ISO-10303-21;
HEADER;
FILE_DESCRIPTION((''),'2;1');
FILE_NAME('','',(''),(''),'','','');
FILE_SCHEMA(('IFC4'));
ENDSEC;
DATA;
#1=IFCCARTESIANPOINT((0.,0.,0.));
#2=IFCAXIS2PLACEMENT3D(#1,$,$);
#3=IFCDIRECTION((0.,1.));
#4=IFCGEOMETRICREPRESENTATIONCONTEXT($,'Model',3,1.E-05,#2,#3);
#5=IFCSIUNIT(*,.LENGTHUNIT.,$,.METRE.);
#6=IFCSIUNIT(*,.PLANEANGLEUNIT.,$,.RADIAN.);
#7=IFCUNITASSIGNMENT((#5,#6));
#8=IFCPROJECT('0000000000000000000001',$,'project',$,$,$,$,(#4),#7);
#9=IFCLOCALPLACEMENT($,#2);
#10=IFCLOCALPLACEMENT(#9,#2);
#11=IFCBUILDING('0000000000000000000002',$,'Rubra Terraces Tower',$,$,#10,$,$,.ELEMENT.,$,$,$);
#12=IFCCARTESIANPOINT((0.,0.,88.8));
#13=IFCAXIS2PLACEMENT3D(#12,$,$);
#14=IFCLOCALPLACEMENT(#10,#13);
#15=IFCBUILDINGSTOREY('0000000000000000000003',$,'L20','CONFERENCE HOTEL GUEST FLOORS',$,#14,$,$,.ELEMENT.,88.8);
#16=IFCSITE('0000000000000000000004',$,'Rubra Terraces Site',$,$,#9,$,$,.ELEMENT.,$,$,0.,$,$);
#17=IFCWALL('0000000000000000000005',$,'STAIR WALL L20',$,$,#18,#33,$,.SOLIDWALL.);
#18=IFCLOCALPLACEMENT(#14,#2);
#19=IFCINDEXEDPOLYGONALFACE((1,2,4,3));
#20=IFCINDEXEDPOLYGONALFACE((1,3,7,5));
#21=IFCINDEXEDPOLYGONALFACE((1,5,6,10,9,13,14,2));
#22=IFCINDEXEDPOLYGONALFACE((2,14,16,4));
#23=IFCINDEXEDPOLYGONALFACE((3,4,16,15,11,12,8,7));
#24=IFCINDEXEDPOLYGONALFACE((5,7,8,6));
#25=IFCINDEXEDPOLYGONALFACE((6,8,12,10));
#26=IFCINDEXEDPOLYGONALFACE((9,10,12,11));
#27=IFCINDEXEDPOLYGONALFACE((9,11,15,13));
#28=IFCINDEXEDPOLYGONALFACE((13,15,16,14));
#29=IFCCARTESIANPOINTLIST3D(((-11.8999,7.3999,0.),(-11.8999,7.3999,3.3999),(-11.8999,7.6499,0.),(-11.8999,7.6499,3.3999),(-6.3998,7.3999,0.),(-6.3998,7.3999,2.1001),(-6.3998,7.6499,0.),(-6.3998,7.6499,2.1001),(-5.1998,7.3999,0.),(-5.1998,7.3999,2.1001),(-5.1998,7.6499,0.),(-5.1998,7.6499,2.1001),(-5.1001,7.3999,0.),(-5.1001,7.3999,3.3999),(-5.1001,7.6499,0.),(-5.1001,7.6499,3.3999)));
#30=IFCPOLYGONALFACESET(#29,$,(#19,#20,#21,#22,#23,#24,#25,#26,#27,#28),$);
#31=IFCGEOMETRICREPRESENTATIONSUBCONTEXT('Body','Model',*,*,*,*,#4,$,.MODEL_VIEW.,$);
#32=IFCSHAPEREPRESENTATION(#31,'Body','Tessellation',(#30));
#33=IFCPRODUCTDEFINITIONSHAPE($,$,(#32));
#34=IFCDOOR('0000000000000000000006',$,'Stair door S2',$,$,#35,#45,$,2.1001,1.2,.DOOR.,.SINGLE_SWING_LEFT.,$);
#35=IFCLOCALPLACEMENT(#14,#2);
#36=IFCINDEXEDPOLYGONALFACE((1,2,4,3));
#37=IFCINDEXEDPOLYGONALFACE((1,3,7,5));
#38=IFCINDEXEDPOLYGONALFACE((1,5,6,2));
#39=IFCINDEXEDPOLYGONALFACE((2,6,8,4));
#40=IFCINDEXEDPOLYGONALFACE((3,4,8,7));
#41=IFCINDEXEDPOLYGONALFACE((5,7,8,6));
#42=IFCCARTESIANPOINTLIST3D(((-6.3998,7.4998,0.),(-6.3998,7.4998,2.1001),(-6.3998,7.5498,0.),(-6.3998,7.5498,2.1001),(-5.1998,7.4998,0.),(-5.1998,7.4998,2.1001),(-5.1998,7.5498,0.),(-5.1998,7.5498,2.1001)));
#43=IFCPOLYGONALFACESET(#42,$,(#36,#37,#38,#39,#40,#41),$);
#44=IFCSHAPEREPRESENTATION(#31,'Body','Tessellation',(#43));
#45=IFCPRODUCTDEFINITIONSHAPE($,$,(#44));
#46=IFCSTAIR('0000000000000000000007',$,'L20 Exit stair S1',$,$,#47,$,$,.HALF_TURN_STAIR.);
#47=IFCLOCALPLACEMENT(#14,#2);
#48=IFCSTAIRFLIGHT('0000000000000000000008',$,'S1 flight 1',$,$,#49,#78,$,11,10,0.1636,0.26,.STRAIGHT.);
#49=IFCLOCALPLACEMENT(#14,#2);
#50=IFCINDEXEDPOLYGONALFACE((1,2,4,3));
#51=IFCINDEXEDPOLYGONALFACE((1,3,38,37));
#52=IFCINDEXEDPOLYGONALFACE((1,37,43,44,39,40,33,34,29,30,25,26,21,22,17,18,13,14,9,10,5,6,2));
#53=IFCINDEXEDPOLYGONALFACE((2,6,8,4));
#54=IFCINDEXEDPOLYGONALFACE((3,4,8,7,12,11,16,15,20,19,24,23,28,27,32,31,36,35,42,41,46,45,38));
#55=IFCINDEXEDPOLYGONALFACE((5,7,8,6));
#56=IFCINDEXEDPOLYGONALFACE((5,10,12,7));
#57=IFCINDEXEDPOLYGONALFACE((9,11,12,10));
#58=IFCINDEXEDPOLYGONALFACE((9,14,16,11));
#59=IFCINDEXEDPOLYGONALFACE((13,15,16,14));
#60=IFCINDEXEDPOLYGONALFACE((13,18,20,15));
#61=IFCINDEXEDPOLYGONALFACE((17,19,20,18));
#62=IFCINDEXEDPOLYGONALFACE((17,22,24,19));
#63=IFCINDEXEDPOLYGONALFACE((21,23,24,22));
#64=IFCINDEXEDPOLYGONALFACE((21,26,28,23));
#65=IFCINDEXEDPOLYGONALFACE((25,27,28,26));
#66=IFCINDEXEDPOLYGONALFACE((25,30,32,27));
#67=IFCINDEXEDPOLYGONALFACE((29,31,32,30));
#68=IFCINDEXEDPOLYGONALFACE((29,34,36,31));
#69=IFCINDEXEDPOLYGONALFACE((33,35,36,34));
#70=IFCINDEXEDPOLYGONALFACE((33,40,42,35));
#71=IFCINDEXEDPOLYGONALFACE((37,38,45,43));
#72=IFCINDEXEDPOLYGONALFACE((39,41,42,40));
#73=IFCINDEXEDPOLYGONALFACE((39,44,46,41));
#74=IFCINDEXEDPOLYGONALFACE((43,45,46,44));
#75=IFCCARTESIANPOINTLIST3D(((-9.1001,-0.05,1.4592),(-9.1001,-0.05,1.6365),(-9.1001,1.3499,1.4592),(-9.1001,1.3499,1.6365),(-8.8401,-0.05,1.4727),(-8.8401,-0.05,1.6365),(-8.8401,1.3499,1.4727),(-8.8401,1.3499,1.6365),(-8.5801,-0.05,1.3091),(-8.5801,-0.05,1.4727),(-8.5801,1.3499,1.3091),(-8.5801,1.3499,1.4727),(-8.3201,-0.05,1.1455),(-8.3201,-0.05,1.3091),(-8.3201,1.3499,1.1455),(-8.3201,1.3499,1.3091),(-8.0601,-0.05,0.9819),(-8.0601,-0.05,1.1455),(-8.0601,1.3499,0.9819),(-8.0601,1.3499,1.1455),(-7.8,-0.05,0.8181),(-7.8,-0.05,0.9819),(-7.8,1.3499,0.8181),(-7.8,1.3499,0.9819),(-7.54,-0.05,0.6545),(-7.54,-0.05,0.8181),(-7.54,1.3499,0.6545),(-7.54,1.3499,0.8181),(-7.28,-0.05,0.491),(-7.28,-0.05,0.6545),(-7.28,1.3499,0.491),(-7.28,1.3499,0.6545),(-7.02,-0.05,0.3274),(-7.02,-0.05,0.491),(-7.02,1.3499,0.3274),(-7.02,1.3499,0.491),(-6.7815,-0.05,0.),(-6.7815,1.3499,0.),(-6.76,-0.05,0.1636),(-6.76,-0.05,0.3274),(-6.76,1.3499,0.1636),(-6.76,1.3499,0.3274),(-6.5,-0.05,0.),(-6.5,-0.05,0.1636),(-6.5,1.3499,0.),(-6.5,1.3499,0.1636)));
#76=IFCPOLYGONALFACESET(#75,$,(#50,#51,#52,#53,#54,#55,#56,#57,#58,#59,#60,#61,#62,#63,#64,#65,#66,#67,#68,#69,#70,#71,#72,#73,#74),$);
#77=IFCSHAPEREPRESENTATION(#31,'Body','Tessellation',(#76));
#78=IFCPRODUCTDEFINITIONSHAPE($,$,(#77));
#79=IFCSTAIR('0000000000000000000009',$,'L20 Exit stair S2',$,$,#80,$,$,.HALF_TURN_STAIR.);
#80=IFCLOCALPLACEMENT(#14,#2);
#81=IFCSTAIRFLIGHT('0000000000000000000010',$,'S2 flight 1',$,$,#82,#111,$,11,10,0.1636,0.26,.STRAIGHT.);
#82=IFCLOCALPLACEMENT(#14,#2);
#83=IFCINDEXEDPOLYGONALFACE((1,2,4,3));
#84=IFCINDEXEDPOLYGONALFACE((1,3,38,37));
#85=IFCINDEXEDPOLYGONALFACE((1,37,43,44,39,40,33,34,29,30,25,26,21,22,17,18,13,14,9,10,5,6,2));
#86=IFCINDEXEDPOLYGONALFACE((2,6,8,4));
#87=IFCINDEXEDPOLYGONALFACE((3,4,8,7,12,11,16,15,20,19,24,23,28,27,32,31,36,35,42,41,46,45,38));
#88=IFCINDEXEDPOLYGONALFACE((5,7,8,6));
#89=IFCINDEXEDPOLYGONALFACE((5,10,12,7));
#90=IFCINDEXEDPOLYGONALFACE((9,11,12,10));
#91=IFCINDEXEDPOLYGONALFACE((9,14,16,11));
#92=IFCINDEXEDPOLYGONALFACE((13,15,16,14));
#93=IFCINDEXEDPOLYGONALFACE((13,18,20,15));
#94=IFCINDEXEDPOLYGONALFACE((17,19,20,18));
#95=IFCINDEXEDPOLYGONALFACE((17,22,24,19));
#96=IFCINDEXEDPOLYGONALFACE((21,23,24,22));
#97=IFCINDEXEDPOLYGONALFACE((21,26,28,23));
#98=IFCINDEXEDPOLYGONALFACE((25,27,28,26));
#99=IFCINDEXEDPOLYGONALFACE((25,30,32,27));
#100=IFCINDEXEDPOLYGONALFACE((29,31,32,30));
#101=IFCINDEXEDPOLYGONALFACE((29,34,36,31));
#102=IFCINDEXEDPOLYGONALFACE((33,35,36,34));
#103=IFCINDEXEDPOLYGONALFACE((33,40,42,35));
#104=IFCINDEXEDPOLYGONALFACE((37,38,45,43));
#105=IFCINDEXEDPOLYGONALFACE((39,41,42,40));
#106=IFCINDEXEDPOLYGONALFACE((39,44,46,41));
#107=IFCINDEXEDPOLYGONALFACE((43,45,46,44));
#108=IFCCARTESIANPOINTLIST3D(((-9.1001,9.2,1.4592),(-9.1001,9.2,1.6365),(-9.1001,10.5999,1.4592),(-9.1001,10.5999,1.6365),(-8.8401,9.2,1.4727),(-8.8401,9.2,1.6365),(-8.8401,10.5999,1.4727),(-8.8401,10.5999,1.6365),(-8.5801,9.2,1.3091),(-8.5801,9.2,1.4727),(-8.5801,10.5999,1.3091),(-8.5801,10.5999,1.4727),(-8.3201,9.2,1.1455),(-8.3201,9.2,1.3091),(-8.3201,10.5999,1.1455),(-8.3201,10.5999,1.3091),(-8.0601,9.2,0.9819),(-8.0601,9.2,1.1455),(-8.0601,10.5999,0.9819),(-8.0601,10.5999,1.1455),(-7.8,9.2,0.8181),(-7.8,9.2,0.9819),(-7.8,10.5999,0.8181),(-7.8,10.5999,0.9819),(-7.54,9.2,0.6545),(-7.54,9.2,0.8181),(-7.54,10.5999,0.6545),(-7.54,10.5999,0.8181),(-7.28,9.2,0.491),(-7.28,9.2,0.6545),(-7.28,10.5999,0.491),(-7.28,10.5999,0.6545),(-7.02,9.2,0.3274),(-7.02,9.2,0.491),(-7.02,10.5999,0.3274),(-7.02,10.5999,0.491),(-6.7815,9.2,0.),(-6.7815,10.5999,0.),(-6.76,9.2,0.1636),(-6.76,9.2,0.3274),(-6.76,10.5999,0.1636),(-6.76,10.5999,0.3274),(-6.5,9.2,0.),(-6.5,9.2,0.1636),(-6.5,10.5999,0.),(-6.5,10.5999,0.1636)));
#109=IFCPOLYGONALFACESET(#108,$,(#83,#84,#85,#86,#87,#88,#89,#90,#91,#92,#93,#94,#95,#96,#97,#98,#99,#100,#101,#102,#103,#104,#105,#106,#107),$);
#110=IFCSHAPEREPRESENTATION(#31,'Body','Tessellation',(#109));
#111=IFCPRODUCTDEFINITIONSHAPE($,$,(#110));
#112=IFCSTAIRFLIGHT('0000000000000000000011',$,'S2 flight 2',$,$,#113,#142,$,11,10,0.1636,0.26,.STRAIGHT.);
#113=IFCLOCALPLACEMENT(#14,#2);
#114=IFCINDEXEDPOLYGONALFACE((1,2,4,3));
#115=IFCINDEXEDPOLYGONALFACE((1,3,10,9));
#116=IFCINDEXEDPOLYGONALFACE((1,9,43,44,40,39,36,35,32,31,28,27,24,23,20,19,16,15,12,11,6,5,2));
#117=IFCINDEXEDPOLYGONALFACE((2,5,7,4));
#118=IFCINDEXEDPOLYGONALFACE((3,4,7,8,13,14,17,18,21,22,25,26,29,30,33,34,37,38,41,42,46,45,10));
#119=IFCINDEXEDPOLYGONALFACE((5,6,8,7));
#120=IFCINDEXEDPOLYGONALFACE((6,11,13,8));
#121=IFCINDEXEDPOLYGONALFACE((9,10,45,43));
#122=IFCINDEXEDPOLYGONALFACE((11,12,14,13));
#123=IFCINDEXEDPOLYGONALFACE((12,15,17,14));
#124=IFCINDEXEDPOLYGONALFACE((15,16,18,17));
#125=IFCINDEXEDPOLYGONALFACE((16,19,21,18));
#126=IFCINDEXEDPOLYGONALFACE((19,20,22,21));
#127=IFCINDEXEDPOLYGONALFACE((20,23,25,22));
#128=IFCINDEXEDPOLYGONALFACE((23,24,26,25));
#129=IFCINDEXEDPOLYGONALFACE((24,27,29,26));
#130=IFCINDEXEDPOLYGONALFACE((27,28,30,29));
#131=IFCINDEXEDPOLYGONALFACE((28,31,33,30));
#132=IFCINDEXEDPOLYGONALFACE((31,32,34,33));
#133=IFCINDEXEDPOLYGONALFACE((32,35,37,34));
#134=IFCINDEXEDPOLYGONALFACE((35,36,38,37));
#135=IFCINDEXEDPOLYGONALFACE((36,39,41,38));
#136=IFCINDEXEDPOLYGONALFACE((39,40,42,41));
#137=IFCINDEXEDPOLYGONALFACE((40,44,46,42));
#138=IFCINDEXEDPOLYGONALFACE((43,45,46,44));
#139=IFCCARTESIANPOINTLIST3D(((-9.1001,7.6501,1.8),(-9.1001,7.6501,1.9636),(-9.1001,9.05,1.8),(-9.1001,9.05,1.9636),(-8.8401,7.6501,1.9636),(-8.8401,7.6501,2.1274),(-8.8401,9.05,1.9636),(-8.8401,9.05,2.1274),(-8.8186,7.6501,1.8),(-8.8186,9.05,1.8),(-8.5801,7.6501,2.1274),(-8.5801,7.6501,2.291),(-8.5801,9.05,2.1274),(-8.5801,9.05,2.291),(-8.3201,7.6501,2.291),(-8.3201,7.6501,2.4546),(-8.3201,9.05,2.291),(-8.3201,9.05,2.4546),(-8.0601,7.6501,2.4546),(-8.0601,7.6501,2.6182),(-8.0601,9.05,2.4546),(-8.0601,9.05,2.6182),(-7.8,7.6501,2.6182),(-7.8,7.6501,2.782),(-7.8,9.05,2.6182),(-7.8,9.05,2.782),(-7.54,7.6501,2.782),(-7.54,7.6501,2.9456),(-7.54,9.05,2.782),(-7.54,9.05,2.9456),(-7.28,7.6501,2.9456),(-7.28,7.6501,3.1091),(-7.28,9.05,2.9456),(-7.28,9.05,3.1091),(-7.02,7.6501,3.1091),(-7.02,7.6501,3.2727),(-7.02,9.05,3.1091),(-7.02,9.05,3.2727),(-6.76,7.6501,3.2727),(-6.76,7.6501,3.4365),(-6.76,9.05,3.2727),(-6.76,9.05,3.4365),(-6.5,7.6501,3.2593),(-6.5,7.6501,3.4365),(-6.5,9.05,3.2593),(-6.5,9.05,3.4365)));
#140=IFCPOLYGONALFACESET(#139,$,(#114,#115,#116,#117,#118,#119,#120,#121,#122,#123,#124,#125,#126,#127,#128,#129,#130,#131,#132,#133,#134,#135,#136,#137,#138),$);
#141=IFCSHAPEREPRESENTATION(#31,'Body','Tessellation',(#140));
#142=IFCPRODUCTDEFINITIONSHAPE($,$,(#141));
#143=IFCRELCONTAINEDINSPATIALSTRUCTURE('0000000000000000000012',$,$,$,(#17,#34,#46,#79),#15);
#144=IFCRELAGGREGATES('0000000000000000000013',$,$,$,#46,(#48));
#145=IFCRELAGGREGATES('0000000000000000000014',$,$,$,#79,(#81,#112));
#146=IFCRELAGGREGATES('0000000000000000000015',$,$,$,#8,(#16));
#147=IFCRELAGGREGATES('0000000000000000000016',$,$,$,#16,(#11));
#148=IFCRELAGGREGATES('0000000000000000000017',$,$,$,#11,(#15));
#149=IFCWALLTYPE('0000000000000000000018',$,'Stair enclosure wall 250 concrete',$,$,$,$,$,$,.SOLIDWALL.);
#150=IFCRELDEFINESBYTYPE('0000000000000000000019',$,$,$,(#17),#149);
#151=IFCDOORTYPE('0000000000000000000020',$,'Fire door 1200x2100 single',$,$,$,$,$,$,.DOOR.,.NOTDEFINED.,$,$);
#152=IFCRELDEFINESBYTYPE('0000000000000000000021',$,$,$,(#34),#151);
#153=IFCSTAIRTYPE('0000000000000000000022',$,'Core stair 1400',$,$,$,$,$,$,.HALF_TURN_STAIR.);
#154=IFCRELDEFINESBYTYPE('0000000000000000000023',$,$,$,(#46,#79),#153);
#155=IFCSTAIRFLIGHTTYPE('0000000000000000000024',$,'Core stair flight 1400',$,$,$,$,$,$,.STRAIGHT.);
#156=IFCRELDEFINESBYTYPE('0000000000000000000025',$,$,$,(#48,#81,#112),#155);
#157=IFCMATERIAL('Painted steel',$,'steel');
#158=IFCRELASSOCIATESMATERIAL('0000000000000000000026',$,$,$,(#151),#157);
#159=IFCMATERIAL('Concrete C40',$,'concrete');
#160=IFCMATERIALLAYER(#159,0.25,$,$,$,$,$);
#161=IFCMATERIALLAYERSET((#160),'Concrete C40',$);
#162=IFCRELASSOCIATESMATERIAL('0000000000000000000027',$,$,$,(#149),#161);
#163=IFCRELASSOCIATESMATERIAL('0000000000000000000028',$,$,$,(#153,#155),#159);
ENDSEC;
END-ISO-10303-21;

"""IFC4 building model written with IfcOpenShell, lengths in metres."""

from ifc_helpers import new_model, si_unit, direction, frame, frame_2d, origin, place, context, subcontext, project, spatial, polyline, rectangle, outline, extrude, material, layer, layer_set, type_object, element, fill, aggregate, save


model = new_model("IFC4")

# Units and contexts
model_context = context("Model", 3, precision=1e-05, world=origin(), true_north=direction((0.0, 1.0)))
body_context = subcontext(model_context, "Body", "Model", "MODEL_VIEW")
ifc_project = project(units=[si_unit("LENGTHUNIT", "METRE"), si_unit("PLANEANGLEUNIT", "RADIAN")], contexts=[model_context])

# Site, building, storey
site_placement = place(None, origin())
site = spatial("IfcSite", under=ifc_project, at=site_placement, Name="Rubra Terraces Site", CompositionType="ELEMENT", RefElevation=0.0)
building_placement = place(site_placement, origin())
building = spatial("IfcBuilding", under=site, at=building_placement, Name="Rubra Terraces Tower", CompositionType="ELEMENT")
storey_placement = place(building_placement, frame((0.0, 0.0, 88.8)))
storey = spatial("IfcBuildingStorey", under=building, at=storey_placement, Name="L20", Description="CONFERENCE HOTEL GUEST FLOORS", CompositionType="ELEMENT", Elevation=88.8)

# Shared definitions
ifc_material_1 = material(Name="Concrete C40", Category="concrete")

# Shared definitions
ifc_material_2 = material(Name="Painted steel", Category="steel")
door_type_1 = type_object("IfcDoorType", Name="Fire door 1200x2100 single", OperationType="NOTDEFINED", PredefinedType="DOOR", material=ifc_material_2)

# Wall, opening, door
ifc_layer_1 = layer(ifc_material_1, 0.25)
ifc_layer_set_1 = layer_set([ifc_layer_1], Name="Concrete C40")
wall_type_1 = type_object("IfcWallType", Name="Stair enclosure wall 250 concrete", PredefinedType="SOLIDWALL", material=ifc_layer_set_1)
wall_1_placement = place(storey_placement, frame((-11.8999, 7.5249, 0.0), z_axis=(0.0, 0.0, 1.0), x_axis=(1.0, 0.0, 0.0)))
wall_1 = element("IfcWall", 1, at=wall_1_placement, inside=storey, type_object=wall_type_1, Name="STAIR WALL L20", PredefinedType="SOLIDWALL", context=body_context, shape_type="SweptSolid", body=[
    extrude(rectangle(XDim=6.7998, YDim=0.25, at=frame_2d((3.3999, 0.0))), origin(), (0.0, 0.0, 1.0), 3.3999),
])
opening_1_placement = place(wall_1_placement, frame((5.5, 0.0, 0.0)))
opening_1 = element("IfcOpeningElement", 2, at=opening_1_placement, cuts=wall_1, PredefinedType="OPENING", context=body_context, shape_type="SweptSolid", body=[
    extrude(rectangle(XDim=1.2, YDim=2.1001, at=frame_2d((0.6001, 1.05))), frame((0.0, 0.135, 0.0), z_axis=(0.0, -1.0, 0.0), x_axis=(1.0, 0.0, 0.0)), (0.0, 0.0, 1.0), 0.27),
])
door_1_placement = place(opening_1_placement, origin())
door_1 = element("IfcDoor", 3, at=door_1_placement, inside=storey, type_object=door_type_1, Name="Stair door S2", OperationType="SINGLE_SWING_LEFT", OverallHeight=2.1001, OverallWidth=1.2, PredefinedType="DOOR", context=body_context, shape_type="SweptSolid", body=[
    extrude(rectangle(XDim=1.2, YDim=2.1001, at=frame_2d((0.6001, 1.05))), frame((0.0, 0.0249, 0.0), z_axis=(0.0, -1.0, 0.0), x_axis=(1.0, 0.0, 0.0)), (0.0, 0.0, 1.0), 0.05),
])
fill(opening_1, door_1)

# Stair, stair flight
stair_type = type_object("IfcStairType", Name="Core stair 1400", PredefinedType="HALF_TURN_STAIR", material=ifc_material_1)
stair_1_placement = place(storey_placement, origin())
stair_1 = element("IfcStair", 4, at=stair_1_placement, inside=storey, type_object=stair_type, Name="L20 Exit stair S1", PredefinedType="HALF_TURN_STAIR")
stair_flight_type = type_object("IfcStairFlightType", Name="Core stair flight 1400", PredefinedType="STRAIGHT", material=ifc_material_1)
stair_flight_1_placement = place(storey_placement, frame((-6.5, 0.6499, 0.0), z_axis=(0.0, 0.0, 1.0), x_axis=(-1.0, 0.0, 0.0)))
stair_flight_1 = element("IfcStairFlight", 5, at=stair_flight_1_placement, type_object=stair_flight_type, Name="S1 flight 1", NumberOfRisers=11, NumberOfTreads=10, PredefinedType="STRAIGHT", RiserHeight=0.1636, TreadLength=0.26, context=body_context, shape_type="SweptSolid", body=[
    extrude(outline(polyline([(0.0, 0.0), (0.0, 0.1636), (0.26, 0.1636), (0.26, 0.3274), (0.52, 0.3274), (0.52, 0.491), (0.78, 0.491), (0.78, 0.6545), (1.04, 0.6545), (1.04, 0.8181), (1.3, 0.8181), (1.3, 0.9819), (1.5601, 0.9819), (1.5601, 1.1455), (1.8201, 1.1455), (1.8201, 1.3091), (2.0801, 1.3091), (2.0801, 1.4727), (2.3401, 1.4727), (2.3401, 1.6365), (2.6001, 1.6365), (2.6001, 1.8), (2.6001, 1.4592), (0.2815, 0.0), (0.0, 0.0)])), frame((0.0, 0.7, 0.0), z_axis=(0.0, -1.0, 0.0), x_axis=(1.0, 0.0, 0.0)), (0.0, 0.0, 1.0), 1.3999),
])
aggregate(stair_1, [stair_flight_1])

# Stair, stair flights
stair_2_placement = place(storey_placement, origin())
stair_2 = element("IfcStair", 6, at=stair_2_placement, inside=storey, type_object=stair_type, Name="L20 Exit stair S2", PredefinedType="HALF_TURN_STAIR")
stair_flight_2_placement = place(storey_placement, frame((-6.5, 9.8999, 0.0), z_axis=(0.0, 0.0, 1.0), x_axis=(-1.0, 0.0, 0.0)))
stair_flight_2 = element("IfcStairFlight", 7, at=stair_flight_2_placement, type_object=stair_flight_type, Name="S2 flight 1", NumberOfRisers=11, NumberOfTreads=10, PredefinedType="STRAIGHT", RiserHeight=0.1636, TreadLength=0.26, context=body_context, shape_type="SweptSolid", body=[
    extrude(outline(polyline([(0.0, 0.0), (0.0, 0.1636), (0.26, 0.1636), (0.26, 0.3274), (0.52, 0.3274), (0.52, 0.491), (0.78, 0.491), (0.78, 0.6545), (1.04, 0.6545), (1.04, 0.8181), (1.3, 0.8181), (1.3, 0.9819), (1.5601, 0.9819), (1.5601, 1.1455), (1.8201, 1.1455), (1.8201, 1.3091), (2.0801, 1.3091), (2.0801, 1.4727), (2.3401, 1.4727), (2.3401, 1.6365), (2.6001, 1.6365), (2.6001, 1.8), (2.6001, 1.4592), (0.2815, 0.0), (0.0, 0.0)])), frame((0.0, 0.7, 0.0), z_axis=(0.0, -1.0, 0.0), x_axis=(1.0, 0.0, 0.0)), (0.0, 0.0, 1.0), 1.3999),
])
stair_flight_3_placement = place(storey_placement, frame((-9.1001, 8.3501, 1.8), z_axis=(0.0, 0.0, 1.0), x_axis=(1.0, 0.0, 0.0)))
stair_flight_3 = element("IfcStairFlight", 8, at=stair_flight_3_placement, type_object=stair_flight_type, Name="S2 flight 2", NumberOfRisers=11, NumberOfTreads=10, PredefinedType="STRAIGHT", RiserHeight=0.1636, TreadLength=0.26, context=body_context, shape_type="SweptSolid", body=[
    extrude(outline(polyline([(0.0, 0.0), (0.0, 0.1636), (0.26, 0.1636), (0.26, 0.3274), (0.52, 0.3274), (0.52, 0.491), (0.78, 0.491), (0.78, 0.6545), (1.04, 0.6545), (1.04, 0.8181), (1.3, 0.8181), (1.3, 0.9819), (1.5601, 0.9819), (1.5601, 1.1455), (1.8201, 1.1455), (1.8201, 1.3091), (2.0801, 1.3091), (2.0801, 1.4727), (2.3401, 1.4727), (2.3401, 1.6365), (2.6001, 1.6365), (2.6001, 1.8), (2.6001, 1.4592), (0.2815, 0.0), (0.0, 0.0)])), frame((0.0, 0.7, 0.0), z_axis=(0.0, -1.0, 0.0), x_axis=(1.0, 0.0, 0.0)), (0.0, 0.0, 1.0), 1.3999),
])
aggregate(stair_2, [stair_flight_2, stair_flight_3])

save(model, "model.ifc")
